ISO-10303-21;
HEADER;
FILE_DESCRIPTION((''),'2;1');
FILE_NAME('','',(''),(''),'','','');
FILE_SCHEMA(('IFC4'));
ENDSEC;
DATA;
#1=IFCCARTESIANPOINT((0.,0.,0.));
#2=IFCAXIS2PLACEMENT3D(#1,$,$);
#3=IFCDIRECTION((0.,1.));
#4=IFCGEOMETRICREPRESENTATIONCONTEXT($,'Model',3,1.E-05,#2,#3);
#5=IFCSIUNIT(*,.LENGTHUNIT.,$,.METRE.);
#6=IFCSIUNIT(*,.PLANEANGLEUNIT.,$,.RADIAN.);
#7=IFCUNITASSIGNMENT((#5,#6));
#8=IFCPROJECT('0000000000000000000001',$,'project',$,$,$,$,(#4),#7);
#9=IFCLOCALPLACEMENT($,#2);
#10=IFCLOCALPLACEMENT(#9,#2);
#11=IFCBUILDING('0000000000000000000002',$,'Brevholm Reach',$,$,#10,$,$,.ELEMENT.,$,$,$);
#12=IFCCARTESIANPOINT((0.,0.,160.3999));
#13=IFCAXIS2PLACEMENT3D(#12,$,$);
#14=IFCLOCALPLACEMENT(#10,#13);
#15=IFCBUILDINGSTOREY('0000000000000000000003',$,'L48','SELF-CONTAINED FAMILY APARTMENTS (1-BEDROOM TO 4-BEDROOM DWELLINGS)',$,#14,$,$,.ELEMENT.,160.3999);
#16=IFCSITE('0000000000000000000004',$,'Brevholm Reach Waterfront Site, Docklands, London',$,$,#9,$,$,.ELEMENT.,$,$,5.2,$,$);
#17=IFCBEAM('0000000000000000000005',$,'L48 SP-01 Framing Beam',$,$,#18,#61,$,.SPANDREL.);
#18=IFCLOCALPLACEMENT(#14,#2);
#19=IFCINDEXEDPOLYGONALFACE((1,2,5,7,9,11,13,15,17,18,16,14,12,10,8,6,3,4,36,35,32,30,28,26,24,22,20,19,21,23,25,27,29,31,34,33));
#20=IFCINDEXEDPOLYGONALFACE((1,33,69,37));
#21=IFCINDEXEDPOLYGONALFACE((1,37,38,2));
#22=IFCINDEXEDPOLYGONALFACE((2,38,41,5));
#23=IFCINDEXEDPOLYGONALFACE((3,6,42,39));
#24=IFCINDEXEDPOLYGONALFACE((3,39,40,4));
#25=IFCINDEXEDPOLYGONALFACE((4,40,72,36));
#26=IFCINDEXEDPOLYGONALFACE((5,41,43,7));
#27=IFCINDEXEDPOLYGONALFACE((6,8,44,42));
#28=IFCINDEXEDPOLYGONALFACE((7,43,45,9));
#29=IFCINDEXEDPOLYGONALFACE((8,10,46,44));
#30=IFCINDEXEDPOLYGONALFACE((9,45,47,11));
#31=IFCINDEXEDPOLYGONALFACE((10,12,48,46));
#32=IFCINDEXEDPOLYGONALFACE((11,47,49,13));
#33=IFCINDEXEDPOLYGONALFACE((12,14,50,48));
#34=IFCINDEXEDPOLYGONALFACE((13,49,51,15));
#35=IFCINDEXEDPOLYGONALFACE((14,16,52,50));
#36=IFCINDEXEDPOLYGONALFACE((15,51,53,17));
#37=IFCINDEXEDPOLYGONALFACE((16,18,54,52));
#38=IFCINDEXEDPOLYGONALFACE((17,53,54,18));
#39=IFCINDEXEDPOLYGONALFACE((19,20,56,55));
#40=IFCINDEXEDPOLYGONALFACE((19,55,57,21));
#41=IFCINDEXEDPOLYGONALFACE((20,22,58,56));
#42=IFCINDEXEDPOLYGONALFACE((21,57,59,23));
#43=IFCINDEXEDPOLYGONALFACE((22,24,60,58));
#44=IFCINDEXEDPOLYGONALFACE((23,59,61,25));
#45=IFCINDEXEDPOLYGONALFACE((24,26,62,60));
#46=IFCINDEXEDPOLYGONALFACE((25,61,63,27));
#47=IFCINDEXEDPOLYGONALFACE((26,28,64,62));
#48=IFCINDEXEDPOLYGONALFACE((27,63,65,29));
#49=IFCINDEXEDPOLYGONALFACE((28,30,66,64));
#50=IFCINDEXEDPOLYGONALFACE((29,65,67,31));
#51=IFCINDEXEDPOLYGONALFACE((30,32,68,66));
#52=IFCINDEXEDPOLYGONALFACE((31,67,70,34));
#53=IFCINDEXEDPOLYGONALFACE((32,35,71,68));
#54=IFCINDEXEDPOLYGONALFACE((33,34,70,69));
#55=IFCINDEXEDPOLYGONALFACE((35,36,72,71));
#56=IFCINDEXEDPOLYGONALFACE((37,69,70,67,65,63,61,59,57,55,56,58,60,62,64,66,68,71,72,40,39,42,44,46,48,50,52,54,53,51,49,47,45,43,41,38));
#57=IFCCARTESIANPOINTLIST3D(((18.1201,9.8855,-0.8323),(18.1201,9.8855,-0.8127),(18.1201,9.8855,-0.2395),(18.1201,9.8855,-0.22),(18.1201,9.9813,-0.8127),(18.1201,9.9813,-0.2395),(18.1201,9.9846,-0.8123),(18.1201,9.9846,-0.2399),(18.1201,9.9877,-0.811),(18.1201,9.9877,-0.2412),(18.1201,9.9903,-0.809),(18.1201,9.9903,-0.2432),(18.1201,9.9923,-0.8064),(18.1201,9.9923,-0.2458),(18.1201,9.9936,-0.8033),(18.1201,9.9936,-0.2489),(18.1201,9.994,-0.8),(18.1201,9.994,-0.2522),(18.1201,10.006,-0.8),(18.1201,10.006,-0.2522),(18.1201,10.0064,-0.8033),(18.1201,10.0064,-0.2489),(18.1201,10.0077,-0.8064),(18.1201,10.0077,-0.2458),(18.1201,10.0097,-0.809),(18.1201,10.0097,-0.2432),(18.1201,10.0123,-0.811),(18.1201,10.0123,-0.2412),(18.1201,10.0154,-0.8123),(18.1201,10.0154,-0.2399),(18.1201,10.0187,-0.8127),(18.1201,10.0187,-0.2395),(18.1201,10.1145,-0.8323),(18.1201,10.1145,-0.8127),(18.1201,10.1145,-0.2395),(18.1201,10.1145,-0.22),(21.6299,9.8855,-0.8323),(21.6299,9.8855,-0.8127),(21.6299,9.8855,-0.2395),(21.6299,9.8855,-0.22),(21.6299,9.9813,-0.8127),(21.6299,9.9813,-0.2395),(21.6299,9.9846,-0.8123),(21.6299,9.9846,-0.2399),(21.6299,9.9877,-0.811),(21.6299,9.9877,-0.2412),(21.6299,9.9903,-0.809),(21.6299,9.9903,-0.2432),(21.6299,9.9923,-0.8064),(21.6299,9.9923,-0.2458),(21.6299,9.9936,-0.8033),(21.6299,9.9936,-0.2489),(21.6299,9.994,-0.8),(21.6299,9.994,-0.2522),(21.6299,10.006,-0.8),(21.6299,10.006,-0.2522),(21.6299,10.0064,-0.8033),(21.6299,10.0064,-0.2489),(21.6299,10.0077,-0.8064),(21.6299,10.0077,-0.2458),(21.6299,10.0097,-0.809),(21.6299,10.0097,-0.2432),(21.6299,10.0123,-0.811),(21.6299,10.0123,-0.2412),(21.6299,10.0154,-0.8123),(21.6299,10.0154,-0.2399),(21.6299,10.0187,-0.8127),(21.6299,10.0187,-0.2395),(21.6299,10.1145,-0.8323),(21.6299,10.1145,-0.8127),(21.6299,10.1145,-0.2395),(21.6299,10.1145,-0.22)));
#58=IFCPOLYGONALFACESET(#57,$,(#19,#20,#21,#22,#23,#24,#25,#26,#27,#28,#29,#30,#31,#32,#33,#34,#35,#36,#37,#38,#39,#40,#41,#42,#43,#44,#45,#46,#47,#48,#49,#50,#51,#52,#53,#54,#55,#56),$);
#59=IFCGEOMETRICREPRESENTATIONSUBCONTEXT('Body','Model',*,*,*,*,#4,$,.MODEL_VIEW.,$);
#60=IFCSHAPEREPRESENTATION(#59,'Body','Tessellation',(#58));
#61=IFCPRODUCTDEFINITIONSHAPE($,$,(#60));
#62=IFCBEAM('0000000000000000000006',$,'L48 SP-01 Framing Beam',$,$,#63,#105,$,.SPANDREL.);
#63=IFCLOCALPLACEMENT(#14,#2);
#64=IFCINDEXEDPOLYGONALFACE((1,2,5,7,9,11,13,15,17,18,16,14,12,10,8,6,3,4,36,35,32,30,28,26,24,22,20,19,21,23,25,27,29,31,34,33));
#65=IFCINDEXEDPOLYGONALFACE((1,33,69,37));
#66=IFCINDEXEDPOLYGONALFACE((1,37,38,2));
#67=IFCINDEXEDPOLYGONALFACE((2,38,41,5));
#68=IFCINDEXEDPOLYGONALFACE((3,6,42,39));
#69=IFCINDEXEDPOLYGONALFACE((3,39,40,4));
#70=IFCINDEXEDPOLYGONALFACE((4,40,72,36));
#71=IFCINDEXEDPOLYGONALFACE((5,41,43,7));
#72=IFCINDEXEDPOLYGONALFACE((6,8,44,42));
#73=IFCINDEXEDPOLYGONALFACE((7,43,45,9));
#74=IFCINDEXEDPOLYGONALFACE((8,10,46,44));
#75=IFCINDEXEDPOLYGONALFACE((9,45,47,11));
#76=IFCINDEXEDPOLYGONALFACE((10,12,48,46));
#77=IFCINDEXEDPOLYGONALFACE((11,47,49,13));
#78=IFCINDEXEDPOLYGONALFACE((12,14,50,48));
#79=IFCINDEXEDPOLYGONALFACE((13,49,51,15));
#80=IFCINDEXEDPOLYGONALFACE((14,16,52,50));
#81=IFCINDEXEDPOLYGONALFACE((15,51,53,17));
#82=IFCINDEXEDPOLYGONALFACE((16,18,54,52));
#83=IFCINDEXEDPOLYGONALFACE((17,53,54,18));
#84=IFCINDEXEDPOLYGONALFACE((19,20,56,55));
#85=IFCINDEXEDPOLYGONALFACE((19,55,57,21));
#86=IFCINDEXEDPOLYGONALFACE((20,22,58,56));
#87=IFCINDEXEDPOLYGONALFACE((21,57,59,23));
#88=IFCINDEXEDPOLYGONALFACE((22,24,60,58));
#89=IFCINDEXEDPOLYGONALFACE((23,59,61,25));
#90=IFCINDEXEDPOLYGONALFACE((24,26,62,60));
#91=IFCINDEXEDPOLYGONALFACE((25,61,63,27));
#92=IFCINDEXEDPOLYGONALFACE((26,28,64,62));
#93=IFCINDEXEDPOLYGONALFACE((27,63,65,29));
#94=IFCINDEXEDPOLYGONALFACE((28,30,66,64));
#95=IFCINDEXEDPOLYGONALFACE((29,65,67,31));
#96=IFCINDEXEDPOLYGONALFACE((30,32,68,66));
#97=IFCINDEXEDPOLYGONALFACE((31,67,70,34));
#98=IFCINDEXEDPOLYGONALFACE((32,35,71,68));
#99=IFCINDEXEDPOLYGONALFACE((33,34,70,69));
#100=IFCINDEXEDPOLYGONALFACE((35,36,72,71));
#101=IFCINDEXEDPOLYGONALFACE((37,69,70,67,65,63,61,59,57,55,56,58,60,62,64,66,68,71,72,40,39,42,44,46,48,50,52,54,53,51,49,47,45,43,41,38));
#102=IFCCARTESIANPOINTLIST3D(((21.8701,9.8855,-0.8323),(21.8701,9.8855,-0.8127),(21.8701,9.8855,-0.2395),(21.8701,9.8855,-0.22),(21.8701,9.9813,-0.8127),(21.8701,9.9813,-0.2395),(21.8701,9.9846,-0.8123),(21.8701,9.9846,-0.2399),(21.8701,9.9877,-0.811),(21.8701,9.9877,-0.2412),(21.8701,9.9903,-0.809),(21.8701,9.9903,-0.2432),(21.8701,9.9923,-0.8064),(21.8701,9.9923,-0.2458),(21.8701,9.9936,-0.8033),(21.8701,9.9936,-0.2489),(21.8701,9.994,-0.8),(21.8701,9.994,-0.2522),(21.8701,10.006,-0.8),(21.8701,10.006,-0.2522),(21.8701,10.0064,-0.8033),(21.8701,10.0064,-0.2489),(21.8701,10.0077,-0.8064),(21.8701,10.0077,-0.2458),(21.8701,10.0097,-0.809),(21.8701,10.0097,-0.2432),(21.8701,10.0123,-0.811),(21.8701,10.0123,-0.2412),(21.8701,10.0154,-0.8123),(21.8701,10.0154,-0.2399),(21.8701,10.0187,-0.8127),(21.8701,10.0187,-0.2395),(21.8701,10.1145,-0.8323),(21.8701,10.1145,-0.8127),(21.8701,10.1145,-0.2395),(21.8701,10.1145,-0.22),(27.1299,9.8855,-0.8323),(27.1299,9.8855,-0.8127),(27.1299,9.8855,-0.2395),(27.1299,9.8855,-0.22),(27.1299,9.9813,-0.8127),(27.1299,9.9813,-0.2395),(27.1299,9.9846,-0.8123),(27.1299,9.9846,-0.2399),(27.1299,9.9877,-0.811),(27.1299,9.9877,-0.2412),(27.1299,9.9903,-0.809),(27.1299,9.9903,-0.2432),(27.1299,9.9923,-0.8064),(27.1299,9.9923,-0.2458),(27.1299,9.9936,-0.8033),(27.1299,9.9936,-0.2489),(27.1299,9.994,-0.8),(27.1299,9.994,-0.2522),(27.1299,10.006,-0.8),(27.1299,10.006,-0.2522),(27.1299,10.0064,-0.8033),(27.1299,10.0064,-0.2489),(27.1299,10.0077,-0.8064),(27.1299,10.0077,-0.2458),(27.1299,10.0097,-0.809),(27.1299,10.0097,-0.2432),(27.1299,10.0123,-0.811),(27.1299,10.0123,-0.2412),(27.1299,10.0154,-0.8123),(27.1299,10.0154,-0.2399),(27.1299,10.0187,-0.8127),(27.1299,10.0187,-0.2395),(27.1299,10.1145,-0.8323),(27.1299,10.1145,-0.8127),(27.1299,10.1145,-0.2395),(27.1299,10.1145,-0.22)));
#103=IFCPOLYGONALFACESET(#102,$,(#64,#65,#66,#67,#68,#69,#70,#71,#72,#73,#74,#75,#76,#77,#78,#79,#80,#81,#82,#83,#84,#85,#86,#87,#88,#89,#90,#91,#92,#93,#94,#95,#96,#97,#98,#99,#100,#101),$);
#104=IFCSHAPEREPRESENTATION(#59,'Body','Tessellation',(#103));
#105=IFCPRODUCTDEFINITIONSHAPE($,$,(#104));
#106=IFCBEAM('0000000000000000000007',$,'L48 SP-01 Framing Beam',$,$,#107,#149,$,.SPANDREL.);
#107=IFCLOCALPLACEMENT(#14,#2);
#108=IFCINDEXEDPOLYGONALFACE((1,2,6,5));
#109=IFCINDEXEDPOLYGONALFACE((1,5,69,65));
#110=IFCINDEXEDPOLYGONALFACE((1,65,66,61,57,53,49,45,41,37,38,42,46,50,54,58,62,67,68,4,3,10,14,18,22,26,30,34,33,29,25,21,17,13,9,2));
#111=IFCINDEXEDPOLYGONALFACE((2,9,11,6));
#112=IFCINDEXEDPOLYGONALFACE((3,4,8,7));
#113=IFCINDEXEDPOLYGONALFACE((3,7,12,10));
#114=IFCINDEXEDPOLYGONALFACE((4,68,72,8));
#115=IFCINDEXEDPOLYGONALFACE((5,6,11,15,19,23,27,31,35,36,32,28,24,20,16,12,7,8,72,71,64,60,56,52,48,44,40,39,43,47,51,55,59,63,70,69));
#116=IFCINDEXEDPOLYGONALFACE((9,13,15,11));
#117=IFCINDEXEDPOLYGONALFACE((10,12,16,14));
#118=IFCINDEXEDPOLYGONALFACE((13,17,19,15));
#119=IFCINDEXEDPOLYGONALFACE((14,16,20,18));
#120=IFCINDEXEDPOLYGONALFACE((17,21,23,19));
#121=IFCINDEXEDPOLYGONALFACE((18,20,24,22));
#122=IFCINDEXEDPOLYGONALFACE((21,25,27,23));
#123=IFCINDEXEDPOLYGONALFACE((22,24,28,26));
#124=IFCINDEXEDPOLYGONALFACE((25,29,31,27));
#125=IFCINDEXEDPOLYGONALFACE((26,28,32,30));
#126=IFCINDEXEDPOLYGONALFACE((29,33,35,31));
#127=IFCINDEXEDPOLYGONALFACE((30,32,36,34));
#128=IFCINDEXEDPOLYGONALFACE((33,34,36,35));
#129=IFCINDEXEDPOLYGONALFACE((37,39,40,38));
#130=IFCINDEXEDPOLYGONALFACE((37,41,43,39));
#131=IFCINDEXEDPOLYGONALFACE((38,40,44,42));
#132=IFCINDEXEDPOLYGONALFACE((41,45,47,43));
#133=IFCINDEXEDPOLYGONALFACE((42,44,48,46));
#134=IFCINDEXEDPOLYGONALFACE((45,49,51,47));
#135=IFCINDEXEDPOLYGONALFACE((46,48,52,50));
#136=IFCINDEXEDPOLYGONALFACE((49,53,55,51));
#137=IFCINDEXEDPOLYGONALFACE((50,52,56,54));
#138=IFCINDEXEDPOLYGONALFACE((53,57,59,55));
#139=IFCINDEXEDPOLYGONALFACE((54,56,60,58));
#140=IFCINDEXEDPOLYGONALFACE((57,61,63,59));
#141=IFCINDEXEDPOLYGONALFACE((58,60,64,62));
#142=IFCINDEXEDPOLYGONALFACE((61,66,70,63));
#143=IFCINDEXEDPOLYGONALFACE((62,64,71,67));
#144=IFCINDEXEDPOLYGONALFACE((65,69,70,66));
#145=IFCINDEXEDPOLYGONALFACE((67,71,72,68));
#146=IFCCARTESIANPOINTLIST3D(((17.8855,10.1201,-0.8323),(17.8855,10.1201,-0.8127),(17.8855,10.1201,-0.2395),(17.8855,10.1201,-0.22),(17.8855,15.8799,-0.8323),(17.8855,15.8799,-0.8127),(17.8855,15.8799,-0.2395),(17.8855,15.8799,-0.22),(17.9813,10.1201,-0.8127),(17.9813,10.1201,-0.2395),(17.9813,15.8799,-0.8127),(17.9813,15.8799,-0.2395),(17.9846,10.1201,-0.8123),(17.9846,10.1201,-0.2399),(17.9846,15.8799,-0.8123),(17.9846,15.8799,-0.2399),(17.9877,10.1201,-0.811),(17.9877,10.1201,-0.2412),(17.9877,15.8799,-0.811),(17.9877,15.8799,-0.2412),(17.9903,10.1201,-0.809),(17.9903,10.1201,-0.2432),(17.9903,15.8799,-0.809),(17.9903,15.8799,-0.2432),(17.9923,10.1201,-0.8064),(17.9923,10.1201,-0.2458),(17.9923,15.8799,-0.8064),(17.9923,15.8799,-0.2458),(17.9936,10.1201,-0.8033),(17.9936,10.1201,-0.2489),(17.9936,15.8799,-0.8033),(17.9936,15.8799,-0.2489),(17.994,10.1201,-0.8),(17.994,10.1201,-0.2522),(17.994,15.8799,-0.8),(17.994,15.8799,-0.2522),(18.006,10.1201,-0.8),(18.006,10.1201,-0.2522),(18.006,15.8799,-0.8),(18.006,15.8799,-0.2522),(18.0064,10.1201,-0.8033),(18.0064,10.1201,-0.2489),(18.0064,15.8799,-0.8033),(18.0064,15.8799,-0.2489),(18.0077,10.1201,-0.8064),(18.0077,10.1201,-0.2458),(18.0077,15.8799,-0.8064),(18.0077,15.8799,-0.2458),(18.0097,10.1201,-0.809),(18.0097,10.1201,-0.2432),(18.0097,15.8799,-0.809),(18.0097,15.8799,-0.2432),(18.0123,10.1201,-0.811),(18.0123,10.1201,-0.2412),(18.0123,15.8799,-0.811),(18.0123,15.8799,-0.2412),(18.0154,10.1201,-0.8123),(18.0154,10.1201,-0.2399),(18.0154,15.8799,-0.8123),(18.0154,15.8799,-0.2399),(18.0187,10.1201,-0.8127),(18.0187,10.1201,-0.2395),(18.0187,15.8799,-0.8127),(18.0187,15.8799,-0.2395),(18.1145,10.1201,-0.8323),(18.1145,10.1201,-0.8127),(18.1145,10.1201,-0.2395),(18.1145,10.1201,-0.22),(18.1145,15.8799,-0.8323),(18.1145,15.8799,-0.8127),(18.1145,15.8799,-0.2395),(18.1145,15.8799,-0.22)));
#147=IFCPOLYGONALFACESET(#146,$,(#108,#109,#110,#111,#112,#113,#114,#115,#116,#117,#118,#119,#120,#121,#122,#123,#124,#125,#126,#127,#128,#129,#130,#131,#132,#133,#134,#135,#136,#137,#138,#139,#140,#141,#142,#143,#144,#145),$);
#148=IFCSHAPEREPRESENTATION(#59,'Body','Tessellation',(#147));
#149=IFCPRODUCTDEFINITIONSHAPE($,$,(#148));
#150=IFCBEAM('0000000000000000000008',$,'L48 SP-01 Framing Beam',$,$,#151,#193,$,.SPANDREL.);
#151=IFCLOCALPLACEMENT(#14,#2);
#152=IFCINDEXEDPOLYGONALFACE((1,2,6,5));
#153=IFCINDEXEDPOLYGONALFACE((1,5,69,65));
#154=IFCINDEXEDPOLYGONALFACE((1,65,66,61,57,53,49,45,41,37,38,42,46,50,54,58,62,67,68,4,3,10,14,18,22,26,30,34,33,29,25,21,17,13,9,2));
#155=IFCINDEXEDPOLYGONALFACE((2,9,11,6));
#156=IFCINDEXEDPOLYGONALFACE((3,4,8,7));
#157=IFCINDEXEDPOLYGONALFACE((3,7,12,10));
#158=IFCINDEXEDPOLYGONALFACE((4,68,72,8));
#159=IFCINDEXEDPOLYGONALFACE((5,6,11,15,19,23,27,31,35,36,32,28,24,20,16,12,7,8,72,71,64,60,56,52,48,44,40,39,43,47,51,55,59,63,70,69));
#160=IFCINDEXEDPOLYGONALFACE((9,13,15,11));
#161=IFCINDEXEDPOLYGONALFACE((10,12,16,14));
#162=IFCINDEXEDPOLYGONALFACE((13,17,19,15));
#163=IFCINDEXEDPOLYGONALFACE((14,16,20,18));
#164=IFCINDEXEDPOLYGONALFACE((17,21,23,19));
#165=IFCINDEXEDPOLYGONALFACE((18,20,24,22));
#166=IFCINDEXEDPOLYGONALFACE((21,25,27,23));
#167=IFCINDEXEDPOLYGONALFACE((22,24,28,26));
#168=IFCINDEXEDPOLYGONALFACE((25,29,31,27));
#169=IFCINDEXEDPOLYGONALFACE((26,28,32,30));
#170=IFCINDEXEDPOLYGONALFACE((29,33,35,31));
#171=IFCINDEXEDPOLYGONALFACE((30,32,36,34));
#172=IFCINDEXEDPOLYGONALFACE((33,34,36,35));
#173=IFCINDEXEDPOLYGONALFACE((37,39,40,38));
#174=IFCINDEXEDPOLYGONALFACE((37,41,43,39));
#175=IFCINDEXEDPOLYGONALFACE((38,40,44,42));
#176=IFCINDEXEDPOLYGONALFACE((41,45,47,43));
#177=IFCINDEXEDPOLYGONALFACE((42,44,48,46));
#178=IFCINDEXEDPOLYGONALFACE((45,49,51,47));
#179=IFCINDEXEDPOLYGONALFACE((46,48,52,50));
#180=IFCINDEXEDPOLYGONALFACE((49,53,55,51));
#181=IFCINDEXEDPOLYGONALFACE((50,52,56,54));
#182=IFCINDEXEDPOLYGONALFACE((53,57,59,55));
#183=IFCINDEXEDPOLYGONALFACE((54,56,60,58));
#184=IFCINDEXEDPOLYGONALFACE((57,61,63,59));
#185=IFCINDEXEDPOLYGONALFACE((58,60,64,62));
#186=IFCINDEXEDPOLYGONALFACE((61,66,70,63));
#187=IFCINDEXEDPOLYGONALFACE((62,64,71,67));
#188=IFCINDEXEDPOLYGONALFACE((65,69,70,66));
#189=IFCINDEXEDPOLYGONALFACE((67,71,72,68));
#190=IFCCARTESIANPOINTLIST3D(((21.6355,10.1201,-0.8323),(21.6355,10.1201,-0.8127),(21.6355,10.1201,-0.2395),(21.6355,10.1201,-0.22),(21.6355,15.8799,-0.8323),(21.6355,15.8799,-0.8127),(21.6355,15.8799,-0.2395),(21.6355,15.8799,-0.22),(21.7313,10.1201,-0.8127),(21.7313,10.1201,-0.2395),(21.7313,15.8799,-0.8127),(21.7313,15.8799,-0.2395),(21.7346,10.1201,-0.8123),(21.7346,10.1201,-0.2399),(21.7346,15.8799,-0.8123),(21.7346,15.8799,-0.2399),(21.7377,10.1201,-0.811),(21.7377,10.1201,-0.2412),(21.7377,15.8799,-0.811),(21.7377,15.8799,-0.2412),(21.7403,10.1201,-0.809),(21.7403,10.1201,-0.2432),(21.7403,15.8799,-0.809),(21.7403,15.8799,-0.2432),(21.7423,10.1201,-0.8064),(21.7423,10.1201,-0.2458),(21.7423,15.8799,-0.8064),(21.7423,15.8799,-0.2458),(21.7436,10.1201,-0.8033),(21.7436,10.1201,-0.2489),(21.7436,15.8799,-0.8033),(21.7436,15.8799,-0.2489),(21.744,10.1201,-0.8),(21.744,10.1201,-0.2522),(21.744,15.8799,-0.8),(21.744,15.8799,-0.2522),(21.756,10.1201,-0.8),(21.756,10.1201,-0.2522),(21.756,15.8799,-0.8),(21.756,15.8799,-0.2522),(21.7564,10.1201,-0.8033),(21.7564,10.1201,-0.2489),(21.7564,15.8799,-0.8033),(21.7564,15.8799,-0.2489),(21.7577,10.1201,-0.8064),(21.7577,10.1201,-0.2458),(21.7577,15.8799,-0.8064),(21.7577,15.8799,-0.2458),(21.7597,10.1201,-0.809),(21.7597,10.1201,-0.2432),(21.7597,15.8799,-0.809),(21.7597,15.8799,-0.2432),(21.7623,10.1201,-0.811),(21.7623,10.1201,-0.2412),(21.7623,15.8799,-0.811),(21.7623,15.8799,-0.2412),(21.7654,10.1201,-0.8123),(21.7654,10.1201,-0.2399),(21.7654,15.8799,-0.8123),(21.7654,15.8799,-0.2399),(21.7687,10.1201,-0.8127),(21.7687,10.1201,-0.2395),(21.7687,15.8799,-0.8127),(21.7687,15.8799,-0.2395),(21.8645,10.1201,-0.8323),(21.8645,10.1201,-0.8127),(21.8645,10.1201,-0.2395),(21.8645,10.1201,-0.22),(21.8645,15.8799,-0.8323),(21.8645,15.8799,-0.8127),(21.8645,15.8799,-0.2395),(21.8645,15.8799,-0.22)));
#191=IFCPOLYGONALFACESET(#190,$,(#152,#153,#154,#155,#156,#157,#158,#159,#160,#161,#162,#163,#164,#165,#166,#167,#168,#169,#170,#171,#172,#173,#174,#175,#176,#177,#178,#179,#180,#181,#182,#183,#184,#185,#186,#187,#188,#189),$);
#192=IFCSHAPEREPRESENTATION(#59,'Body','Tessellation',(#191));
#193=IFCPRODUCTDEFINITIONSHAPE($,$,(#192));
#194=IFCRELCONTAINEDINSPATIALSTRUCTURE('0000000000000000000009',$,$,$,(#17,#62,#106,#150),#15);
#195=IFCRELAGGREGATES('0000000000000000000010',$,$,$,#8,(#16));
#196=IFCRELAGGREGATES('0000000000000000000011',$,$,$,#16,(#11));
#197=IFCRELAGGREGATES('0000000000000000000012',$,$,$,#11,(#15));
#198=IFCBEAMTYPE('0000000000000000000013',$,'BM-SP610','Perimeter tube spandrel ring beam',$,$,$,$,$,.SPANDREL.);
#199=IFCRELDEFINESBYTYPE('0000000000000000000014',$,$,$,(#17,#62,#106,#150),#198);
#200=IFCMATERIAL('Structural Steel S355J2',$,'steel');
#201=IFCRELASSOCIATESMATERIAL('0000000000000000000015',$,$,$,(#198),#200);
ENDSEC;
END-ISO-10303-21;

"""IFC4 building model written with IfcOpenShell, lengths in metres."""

from ifc_helpers import new_model, si_unit, direction, frame, origin, origin_2d, place, context, subcontext, project, spatial, i_section, extrude, material, material_profile, profile_set, type_object, element, save


model = new_model("IFC4")

# Units and contexts
model_context = context("Model", 3, precision=1e-05, world=origin(), true_north=direction((0.0, 1.0)))
body_context = subcontext(model_context, "Body", "Model", "MODEL_VIEW")
ifc_project = project(units=[si_unit("LENGTHUNIT", "METRE"), si_unit("PLANEANGLEUNIT", "RADIAN")], contexts=[model_context])

# Site, building, storey
site_placement = place(None, origin())
site = spatial("IfcSite", under=ifc_project, at=site_placement, Name="Brevholm Reach Waterfront Site, Docklands, London", CompositionType="ELEMENT", RefElevation=5.2)
building_placement = place(site_placement, origin())
building = spatial("IfcBuilding", under=site, at=building_placement, Name="Brevholm Reach", CompositionType="ELEMENT")
storey_placement = place(building_placement, frame((0.0, 0.0, 160.3999)))
storey = spatial("IfcBuildingStorey", under=building, at=storey_placement, Name="L48", Description="SELF-CONTAINED FAMILY APARTMENTS (1-BEDROOM TO 4-BEDROOM DWELLINGS)", CompositionType="ELEMENT", Elevation=160.3999)

# Beams
ifc_material_1 = material(Name="Structural Steel S355J2", Category="steel")
ifc_material_profile_1 = material_profile(ifc_material_1, i_section(OverallWidth=0.229, OverallDepth=0.6123, WebThickness=0.012, FlangeThickness=0.0195, FilletRadius=0.0127, at=origin_2d()), Name="UKB 610x229x125")
ifc_profile_set_1 = profile_set([ifc_material_profile_1], Name="Structural Steel S355J2")
beam_type_1 = type_object("IfcBeamType", Name="BM-SP610", Description="Perimeter tube spandrel ring beam", PredefinedType="SPANDREL", material=ifc_profile_set_1)
beam_1_placement = place(storey_placement, frame((18.1201, 10.0, -0.5261), z_axis=(1.0, 0.0, 0.0), x_axis=(0.0, 1.0, 0.0)))
element("IfcBeam", 1, at=beam_1_placement, inside=storey, type_object=beam_type_1, Name="L48 SP-01 Framing Beam", PredefinedType="SPANDREL", context=body_context, shape_type="SweptSolid", body=[
    extrude(i_section(OverallWidth=0.229, OverallDepth=0.6123, WebThickness=0.012, FlangeThickness=0.0195, FilletRadius=0.0127, at=origin_2d()), origin(), (0.0, 0.0, 1.0), 3.5098),
])
beam_2_placement = place(storey_placement, frame((21.8701, 10.0, -0.5261), z_axis=(1.0, 0.0, 0.0), x_axis=(0.0, 1.0, 0.0)))
element("IfcBeam", 2, at=beam_2_placement, inside=storey, type_object=beam_type_1, Name="L48 SP-01 Framing Beam", PredefinedType="SPANDREL", context=body_context, shape_type="SweptSolid", body=[
    extrude(i_section(OverallWidth=0.229, OverallDepth=0.6123, WebThickness=0.012, FlangeThickness=0.0195, FilletRadius=0.0127, at=origin_2d()), origin(), (0.0, 0.0, 1.0), 5.2598),
])
for number, where, z_axis, x_axis, name in (
    (3, (18.0, 10.1201, -0.5261), (0.0, 1.0, 0.0), (-1.0, 0.0, 0.0), "L48 SP-01 Framing Beam"),
    (4, (21.75, 10.1201, -0.5261), (0.0, 1.0, 0.0), (-1.0, 0.0, 0.0), "L48 SP-01 Framing Beam"),
):
    element("IfcBeam", number, at=place(storey_placement, frame(where, z_axis=z_axis, x_axis=x_axis)), inside=storey, type_object=beam_type_1, Name=name, PredefinedType="SPANDREL", context=body_context, shape_type="SweptSolid", body=[
        extrude(i_section(OverallWidth=0.229, OverallDepth=0.6123, WebThickness=0.012, FlangeThickness=0.0195, FilletRadius=0.0127, at=origin_2d()), origin(), (0.0, 0.0, 1.0), 5.7598),
    ])

save(model, "model.ifc")
